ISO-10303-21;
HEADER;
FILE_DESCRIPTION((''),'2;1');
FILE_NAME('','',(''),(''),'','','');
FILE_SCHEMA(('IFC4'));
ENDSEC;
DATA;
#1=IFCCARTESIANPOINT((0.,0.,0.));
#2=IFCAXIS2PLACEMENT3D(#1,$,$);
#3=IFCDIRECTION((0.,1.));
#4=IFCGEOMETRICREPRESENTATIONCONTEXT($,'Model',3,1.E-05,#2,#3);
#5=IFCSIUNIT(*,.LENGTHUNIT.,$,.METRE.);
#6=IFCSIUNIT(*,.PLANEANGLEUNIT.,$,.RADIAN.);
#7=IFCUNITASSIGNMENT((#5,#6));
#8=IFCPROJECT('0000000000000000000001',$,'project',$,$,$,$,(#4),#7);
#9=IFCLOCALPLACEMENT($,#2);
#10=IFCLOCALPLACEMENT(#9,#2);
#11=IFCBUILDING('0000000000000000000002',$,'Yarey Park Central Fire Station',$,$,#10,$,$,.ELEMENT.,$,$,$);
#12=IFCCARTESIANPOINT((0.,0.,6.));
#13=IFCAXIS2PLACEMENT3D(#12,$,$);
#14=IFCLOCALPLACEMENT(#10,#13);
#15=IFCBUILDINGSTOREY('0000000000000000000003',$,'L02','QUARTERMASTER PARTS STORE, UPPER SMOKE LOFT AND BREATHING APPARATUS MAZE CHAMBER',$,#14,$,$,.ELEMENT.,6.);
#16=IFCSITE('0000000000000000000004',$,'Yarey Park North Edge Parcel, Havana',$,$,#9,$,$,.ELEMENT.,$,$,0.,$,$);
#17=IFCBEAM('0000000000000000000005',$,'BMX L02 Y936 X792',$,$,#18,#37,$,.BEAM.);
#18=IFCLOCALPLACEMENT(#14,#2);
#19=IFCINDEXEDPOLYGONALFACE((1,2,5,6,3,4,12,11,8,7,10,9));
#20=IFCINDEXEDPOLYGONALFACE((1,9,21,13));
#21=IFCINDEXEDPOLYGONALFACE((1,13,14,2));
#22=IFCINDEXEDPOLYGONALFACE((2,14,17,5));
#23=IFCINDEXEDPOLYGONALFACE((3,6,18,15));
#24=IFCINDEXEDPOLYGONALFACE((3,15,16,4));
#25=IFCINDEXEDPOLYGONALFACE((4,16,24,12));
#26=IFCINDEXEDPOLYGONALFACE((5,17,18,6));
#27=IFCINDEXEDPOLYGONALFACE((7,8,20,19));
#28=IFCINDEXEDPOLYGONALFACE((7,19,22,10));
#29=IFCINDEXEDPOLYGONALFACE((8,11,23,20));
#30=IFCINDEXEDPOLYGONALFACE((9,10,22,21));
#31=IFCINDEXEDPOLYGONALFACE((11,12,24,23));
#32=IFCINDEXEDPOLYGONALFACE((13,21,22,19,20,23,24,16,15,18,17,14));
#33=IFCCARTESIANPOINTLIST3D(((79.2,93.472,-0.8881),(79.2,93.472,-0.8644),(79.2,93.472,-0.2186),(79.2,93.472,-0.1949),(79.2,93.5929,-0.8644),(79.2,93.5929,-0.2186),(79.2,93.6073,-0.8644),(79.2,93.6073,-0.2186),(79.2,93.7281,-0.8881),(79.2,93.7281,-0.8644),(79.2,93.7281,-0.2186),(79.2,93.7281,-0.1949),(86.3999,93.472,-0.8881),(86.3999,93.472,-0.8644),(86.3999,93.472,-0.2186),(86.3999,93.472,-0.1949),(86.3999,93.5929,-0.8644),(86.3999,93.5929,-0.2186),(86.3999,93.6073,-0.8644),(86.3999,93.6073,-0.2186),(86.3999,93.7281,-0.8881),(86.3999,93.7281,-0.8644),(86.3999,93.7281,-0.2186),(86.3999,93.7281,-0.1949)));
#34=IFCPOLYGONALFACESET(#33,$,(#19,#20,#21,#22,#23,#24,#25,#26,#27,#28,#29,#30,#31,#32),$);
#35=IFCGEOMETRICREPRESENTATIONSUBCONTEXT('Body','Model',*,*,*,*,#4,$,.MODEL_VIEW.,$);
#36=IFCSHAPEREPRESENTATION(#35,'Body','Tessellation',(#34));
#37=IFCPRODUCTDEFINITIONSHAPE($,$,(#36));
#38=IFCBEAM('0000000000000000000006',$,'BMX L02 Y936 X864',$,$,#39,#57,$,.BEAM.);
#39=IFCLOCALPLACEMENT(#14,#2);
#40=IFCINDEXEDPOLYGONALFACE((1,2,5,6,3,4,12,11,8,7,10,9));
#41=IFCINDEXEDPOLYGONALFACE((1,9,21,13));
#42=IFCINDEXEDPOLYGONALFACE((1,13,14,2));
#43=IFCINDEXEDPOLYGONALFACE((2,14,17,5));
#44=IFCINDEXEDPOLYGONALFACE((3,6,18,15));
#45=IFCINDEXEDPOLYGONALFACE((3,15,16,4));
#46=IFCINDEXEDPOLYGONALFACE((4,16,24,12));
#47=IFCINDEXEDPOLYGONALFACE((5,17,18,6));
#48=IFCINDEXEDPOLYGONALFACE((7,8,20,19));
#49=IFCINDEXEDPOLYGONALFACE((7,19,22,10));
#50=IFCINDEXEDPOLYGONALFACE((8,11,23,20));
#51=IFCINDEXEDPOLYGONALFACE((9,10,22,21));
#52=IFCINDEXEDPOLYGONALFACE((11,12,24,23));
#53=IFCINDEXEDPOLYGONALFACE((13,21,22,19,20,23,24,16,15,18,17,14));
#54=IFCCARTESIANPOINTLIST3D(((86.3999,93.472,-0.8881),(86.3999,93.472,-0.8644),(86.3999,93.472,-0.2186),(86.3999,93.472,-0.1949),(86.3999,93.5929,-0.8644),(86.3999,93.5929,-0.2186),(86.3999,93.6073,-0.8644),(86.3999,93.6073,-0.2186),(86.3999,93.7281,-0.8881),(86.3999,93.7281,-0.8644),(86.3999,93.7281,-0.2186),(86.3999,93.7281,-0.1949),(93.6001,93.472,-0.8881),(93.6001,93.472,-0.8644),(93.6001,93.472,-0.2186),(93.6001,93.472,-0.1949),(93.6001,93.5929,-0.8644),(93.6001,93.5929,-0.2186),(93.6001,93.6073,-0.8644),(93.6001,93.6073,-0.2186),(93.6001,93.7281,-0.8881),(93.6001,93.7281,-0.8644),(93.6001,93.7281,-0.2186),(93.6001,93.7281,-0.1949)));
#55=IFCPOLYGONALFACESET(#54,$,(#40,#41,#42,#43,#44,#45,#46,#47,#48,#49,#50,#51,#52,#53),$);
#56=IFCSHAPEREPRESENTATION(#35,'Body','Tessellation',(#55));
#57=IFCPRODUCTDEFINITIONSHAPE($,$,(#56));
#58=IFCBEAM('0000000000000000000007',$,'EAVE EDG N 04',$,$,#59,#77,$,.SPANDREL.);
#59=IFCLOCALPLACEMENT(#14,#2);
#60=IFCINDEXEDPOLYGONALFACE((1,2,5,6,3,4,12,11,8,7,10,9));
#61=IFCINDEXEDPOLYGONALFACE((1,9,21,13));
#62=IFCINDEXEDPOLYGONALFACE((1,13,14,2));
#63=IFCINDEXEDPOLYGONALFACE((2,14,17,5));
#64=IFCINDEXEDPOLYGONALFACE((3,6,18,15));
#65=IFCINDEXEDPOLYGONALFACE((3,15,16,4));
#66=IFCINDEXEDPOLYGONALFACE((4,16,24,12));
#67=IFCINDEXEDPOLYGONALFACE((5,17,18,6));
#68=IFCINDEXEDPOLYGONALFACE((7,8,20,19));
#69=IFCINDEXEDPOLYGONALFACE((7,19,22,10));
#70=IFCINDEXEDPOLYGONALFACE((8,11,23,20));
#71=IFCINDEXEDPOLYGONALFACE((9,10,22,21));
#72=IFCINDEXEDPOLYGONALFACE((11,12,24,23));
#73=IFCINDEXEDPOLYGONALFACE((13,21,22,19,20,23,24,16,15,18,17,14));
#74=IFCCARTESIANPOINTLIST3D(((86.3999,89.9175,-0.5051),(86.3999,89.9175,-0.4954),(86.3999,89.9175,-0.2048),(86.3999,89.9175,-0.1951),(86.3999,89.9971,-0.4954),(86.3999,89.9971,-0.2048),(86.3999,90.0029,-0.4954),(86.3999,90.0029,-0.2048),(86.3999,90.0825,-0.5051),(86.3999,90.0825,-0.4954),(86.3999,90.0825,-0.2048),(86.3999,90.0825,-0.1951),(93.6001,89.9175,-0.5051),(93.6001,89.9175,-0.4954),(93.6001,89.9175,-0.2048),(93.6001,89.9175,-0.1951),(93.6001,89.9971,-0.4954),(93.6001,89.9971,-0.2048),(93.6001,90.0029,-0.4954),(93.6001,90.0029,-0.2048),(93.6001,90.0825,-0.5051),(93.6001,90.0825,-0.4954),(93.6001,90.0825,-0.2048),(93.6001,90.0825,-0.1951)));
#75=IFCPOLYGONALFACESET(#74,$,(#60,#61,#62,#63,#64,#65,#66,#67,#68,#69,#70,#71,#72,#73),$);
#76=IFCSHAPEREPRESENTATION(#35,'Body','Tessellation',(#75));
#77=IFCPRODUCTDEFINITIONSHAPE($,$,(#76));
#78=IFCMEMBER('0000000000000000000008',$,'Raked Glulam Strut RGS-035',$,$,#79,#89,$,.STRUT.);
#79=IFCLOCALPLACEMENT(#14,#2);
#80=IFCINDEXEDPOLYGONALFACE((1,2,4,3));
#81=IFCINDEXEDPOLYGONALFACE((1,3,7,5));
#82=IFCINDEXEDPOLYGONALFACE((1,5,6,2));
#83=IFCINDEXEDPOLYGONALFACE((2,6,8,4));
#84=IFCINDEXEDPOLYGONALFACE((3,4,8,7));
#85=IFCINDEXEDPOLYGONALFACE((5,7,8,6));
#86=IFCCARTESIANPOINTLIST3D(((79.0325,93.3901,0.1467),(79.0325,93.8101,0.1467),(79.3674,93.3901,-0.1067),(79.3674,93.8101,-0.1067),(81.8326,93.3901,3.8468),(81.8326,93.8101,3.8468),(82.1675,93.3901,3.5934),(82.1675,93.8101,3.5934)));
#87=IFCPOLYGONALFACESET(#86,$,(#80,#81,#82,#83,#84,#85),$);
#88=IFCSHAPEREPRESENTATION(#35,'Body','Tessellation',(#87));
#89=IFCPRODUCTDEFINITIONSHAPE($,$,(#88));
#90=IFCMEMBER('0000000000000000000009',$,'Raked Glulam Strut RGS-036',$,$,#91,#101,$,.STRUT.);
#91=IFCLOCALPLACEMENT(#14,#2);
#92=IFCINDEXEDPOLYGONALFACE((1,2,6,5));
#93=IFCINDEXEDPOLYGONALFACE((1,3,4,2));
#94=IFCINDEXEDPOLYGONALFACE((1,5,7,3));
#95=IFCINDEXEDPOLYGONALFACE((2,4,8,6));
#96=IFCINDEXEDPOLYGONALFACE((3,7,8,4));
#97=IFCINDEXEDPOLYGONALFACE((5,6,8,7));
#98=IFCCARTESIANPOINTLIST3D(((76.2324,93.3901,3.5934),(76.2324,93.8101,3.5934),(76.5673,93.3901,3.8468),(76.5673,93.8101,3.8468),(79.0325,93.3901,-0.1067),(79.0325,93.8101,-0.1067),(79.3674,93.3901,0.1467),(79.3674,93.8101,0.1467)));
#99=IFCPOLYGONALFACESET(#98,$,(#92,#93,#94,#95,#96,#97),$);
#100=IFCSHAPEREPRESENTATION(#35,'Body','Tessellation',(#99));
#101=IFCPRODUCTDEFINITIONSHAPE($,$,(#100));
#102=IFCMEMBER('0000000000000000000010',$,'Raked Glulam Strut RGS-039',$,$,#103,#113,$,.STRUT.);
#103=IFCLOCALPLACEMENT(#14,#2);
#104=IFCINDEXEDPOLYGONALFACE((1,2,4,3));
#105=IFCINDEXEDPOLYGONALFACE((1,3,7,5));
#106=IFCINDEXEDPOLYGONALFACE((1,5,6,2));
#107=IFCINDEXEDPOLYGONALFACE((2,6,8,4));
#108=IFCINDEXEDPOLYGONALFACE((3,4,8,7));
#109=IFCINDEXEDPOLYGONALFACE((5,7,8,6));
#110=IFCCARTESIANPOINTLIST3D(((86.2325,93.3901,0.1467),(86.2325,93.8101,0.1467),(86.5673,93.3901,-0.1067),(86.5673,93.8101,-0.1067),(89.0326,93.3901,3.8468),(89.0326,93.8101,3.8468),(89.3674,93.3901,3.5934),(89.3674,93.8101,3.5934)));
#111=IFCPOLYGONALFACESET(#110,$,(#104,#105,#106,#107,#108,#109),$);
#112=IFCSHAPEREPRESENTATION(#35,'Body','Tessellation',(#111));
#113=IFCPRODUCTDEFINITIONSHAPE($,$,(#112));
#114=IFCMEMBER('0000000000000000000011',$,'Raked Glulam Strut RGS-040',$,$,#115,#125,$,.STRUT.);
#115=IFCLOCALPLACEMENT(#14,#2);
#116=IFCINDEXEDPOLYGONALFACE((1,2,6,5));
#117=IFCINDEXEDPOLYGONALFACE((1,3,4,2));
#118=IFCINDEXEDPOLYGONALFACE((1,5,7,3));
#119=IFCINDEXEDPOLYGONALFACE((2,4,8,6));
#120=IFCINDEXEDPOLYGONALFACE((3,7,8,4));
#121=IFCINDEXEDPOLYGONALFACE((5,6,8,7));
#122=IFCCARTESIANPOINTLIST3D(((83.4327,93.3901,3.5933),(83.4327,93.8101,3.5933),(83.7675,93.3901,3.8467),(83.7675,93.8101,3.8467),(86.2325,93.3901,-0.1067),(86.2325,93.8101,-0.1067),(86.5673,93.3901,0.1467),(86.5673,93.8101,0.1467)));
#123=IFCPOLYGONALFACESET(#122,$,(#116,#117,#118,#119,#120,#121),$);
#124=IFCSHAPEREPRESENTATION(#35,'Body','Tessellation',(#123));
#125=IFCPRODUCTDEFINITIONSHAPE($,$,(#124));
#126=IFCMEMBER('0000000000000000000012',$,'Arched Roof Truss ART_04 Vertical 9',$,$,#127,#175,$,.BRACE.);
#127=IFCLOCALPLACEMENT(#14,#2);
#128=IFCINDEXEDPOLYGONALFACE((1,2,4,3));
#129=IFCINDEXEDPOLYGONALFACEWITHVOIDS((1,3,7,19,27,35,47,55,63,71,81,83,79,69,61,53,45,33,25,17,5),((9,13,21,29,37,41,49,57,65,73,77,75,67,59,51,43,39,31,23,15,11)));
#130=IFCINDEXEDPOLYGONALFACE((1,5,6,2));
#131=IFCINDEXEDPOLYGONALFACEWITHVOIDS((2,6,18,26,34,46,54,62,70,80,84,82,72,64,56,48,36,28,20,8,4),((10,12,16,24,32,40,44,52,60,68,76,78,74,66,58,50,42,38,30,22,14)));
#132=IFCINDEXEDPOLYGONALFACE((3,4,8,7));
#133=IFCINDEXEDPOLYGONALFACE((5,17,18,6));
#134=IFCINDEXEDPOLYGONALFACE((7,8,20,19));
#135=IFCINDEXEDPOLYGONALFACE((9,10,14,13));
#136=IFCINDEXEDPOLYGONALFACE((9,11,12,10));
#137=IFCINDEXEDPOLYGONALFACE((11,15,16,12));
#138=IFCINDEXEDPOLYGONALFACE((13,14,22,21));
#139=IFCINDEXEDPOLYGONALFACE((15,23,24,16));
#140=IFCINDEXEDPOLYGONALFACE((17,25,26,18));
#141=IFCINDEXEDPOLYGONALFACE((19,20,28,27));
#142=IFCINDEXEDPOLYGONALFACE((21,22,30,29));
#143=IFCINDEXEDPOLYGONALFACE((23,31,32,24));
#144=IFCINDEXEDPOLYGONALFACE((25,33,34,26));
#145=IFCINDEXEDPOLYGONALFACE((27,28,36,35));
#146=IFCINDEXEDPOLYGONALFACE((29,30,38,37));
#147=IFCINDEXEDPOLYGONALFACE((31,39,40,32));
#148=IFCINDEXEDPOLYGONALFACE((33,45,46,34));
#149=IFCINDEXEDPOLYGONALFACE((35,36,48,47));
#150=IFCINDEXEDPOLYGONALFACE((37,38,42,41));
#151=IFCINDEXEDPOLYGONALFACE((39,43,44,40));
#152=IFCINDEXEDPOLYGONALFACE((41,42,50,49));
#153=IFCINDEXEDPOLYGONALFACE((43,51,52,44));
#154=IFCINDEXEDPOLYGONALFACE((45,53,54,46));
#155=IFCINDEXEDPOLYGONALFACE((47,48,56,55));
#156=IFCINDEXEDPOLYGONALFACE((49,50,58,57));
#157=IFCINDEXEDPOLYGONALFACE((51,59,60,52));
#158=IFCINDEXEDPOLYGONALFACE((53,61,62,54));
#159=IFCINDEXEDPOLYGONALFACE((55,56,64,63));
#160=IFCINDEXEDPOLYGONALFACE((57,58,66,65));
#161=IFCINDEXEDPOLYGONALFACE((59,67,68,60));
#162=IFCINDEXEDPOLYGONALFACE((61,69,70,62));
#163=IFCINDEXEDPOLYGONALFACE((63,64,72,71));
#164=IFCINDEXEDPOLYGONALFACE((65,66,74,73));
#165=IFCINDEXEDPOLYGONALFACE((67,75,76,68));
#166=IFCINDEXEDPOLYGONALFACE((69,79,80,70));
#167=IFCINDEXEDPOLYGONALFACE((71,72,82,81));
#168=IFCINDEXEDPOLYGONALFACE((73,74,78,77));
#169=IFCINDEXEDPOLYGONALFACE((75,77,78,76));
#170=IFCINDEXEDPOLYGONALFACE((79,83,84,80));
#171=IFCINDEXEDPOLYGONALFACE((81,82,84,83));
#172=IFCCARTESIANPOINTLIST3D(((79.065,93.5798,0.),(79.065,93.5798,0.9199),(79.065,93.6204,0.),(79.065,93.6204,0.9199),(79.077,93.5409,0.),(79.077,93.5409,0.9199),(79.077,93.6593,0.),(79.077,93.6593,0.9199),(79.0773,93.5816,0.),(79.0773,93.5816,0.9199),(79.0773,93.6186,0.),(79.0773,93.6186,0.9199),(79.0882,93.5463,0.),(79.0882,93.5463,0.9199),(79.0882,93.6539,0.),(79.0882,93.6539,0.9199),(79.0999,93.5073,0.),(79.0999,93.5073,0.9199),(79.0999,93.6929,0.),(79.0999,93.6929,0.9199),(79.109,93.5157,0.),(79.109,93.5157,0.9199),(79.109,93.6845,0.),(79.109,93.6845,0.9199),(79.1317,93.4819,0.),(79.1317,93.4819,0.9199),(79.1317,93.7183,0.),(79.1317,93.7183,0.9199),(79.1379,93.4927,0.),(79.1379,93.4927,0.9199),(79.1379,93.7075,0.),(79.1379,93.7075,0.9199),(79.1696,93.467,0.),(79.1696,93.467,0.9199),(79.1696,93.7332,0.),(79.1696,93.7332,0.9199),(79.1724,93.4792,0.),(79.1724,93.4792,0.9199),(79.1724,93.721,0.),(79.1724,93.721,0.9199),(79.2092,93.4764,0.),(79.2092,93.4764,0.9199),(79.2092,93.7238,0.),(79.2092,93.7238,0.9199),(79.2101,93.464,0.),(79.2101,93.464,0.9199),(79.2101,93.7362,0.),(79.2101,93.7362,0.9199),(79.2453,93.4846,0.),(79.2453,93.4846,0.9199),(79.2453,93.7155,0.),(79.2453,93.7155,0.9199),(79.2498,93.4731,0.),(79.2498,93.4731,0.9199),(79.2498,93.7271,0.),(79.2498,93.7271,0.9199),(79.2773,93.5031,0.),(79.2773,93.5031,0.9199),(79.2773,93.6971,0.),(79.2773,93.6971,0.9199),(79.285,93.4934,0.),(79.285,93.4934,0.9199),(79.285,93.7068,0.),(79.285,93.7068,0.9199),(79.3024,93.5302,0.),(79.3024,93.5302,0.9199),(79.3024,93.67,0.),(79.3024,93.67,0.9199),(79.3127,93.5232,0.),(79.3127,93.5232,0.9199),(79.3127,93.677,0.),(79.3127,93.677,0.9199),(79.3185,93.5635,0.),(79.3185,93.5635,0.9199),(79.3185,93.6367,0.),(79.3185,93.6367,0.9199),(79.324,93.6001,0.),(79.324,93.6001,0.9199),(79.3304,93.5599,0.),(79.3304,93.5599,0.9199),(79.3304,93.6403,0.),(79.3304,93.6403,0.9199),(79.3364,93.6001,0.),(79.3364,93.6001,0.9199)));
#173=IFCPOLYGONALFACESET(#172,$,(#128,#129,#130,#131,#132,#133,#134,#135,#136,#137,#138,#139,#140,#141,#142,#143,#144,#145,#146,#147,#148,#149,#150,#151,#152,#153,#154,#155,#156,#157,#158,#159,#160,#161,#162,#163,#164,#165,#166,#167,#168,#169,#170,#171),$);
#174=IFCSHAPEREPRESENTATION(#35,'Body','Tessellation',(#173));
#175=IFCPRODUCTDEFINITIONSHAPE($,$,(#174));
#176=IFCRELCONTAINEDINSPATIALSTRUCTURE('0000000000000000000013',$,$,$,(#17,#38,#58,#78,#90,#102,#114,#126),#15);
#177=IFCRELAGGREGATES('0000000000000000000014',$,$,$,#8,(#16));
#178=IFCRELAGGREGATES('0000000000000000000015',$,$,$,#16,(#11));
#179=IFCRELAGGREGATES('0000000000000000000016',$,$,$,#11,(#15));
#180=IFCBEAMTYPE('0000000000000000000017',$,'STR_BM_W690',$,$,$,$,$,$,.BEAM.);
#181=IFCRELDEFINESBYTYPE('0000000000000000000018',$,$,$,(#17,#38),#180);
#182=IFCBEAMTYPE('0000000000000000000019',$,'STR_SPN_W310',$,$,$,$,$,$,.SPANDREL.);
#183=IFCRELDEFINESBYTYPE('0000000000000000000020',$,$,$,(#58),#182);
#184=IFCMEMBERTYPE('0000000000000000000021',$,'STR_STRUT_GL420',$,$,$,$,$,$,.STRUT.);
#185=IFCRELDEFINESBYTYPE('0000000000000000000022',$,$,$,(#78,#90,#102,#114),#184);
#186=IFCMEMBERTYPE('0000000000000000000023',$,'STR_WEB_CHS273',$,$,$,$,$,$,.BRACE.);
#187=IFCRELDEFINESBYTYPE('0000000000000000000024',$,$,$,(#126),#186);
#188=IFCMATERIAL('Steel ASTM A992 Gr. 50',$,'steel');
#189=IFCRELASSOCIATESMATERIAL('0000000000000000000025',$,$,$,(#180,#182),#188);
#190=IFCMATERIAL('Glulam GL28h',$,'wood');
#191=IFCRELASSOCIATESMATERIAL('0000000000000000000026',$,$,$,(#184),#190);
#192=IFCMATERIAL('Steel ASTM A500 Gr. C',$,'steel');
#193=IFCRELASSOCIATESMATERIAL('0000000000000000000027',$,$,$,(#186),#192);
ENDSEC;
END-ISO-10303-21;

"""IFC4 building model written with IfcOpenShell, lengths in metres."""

from ifc_helpers import new_model, si_unit, direction, frame, origin, origin_2d, place, context, subcontext, project, spatial, rectangle, hollow_circle, i_section, extrude, material, material_profile, profile_set, type_object, element, save


model = new_model("IFC4")

# Units and contexts
model_context = context("Model", 3, precision=1e-05, world=origin(), true_north=direction((0.0, 1.0)))
body_context = subcontext(model_context, "Body", "Model", "MODEL_VIEW")
ifc_project = project(units=[si_unit("LENGTHUNIT", "METRE"), si_unit("PLANEANGLEUNIT", "RADIAN")], contexts=[model_context])

# Site, building, storey
site_placement = place(None, origin())
site = spatial("IfcSite", under=ifc_project, at=site_placement, Name="Yarey Park North Edge Parcel, Havana", CompositionType="ELEMENT", RefElevation=0.0)
building_placement = place(site_placement, origin())
building = spatial("IfcBuilding", under=site, at=building_placement, Name="Yarey Park Central Fire Station", CompositionType="ELEMENT")
storey_placement = place(building_placement, frame((0.0, 0.0, 6.0)))
storey = spatial("IfcBuildingStorey", under=building, at=storey_placement, Name="L02", Description="QUARTERMASTER PARTS STORE, UPPER SMOKE LOFT AND BREATHING APPARATUS MAZE CHAMBER", CompositionType="ELEMENT", Elevation=6.0)

# Shared definitions
ifc_material_1 = material(Name="Steel ASTM A992 Gr. 50", Category="steel")

# Beams
ifc_material_profile_1 = material_profile(ifc_material_1, i_section(OverallWidth=0.2561, OverallDepth=0.6931, WebThickness=0.0144, FlangeThickness=0.0237, at=origin_2d()), Name="W690x170")
ifc_profile_set_1 = profile_set([ifc_material_profile_1], Name="Steel ASTM A992 Gr. 50")
beam_type_1 = type_object("IfcBeamType", Name="STR_BM_W690", PredefinedType="BEAM", material=ifc_profile_set_1)
beam_1_placement = place(storey_placement, frame((79.2, 93.6001, -0.5415), z_axis=(1.0, 0.0, 0.0), x_axis=(0.0, 1.0, 0.0)))
element("IfcBeam", 1, at=beam_1_placement, inside=storey, type_object=beam_type_1, Name="BMX L02 Y936 X792", PredefinedType="BEAM", context=body_context, shape_type="SweptSolid", body=[
    extrude(i_section(OverallWidth=0.2561, OverallDepth=0.6931, WebThickness=0.0144, FlangeThickness=0.0237, at=origin_2d()), origin(), (0.0, 0.0, 1.0), 7.2),
])
beam_2_placement = place(storey_placement, frame((86.3999, 93.6001, -0.5415), z_axis=(1.0, 0.0, 0.0), x_axis=(0.0, 1.0, 0.0)))
element("IfcBeam", 2, at=beam_2_placement, inside=storey, type_object=beam_type_1, Name="BMX L02 Y936 X864", PredefinedType="BEAM", context=body_context, shape_type="SweptSolid", body=[
    extrude(i_section(OverallWidth=0.2561, OverallDepth=0.6931, WebThickness=0.0144, FlangeThickness=0.0237, at=origin_2d()), origin(), (0.0, 0.0, 1.0), 7.2002),
])
ifc_material_profile_2 = material_profile(ifc_material_1, i_section(OverallWidth=0.165, OverallDepth=0.3101, WebThickness=0.0059, FlangeThickness=0.0098, at=origin_2d()), Name="W310x39")
ifc_profile_set_2 = profile_set([ifc_material_profile_2], Name="Steel ASTM A992 Gr. 50")
beam_type_2 = type_object("IfcBeamType", Name="STR_SPN_W310", PredefinedType="SPANDREL", material=ifc_profile_set_2)
beam_3_placement = place(storey_placement, frame((86.3999, 90.0, -0.3501), z_axis=(1.0, 0.0, 0.0), x_axis=(0.0, 1.0, 0.0)))
element("IfcBeam", 3, at=beam_3_placement, inside=storey, type_object=beam_type_2, Name="EAVE EDG N 04", PredefinedType="SPANDREL", context=body_context, shape_type="SweptSolid", body=[
    extrude(i_section(OverallWidth=0.165, OverallDepth=0.3101, WebThickness=0.0059, FlangeThickness=0.0098, at=origin_2d()), origin(), (0.0, 0.0, 1.0), 7.2002),
])

# Members
ifc_material_2 = material(Name="Glulam GL28h", Category="wood")
ifc_material_profile_3 = material_profile(ifc_material_2, rectangle(XDim=0.4199, YDim=0.4199, at=origin_2d()), Name="GL 420x420")
ifc_profile_set_3 = profile_set([ifc_material_profile_3], Name="Glulam GL28h")
member_type_1 = type_object("IfcMemberType", Name="STR_STRUT_GL420", PredefinedType="STRUT", material=ifc_profile_set_3)
for number, where, z_axis, x_axis, name in (
    (4, (79.2, 93.6001, 0.02), (0.603454, 0.0, 0.797397), (0.0, 1.0, 0.0), "Raked Glulam Strut RGS-035"),
    (5, (79.2, 93.6001, 0.02), (-0.603454, 0.0, 0.797397), (0.0, -1.0, 0.0), "Raked Glulam Strut RGS-036"),
    (6, (86.3999, 93.6001, 0.02), (0.603454, 0.0, 0.797397), (0.0, 1.0, 0.0), "Raked Glulam Strut RGS-039"),
):
    element("IfcMember", number, at=place(storey_placement, frame(where, z_axis=z_axis, x_axis=x_axis)), inside=storey, type_object=member_type_1, Name=name, PredefinedType="STRUT", context=body_context, shape_type="SweptSolid", body=[
        extrude(rectangle(XDim=0.4199, YDim=0.4199, at=origin_2d()), origin(), (0.0, 0.0, 1.0), 4.6401),
    ])
member_1_placement = place(storey_placement, frame((86.3999, 93.6001, 0.02), z_axis=(-0.603421, 0.0, 0.797423), x_axis=(0.0, -1.0, 0.0)))
element("IfcMember", 7, at=member_1_placement, inside=storey, type_object=member_type_1, Name="Raked Glulam Strut RGS-040", PredefinedType="STRUT", context=body_context, shape_type="SweptSolid", body=[
    extrude(rectangle(XDim=0.4199, YDim=0.4199, at=origin_2d()), origin(), (0.0, 0.0, 1.0), 4.6399),
])
ifc_material_3 = material(Name="Steel ASTM A500 Gr. C", Category="steel")
ifc_material_profile_4 = material_profile(ifc_material_3, hollow_circle(Radius=0.1365, WallThickness=0.0125, at=origin_2d()), Name="CHS 273x12.5")
ifc_profile_set_4 = profile_set([ifc_material_profile_4], Name="Steel ASTM A500 Gr. C")
member_type_2 = type_object("IfcMemberType", Name="STR_WEB_CHS273", PredefinedType="BRACE", material=ifc_profile_set_4)
for number, where, z_axis, x_axis, name in (
    (8, (79.2, 93.6001, 0.0), (0.0, 0.0, 1.0), (1.0, 0.0, 0.0), "Arched Roof Truss ART_04 Vertical 9"),
):
    element("IfcMember", number, at=place(storey_placement, frame(where, z_axis=z_axis, x_axis=x_axis)), inside=storey, type_object=member_type_2, Name=name, PredefinedType="BRACE", context=body_context, shape_type="SweptSolid", body=[
        extrude(hollow_circle(Radius=0.1365, WallThickness=0.0125, at=origin_2d()), origin(), (0.0, 0.0, 1.0), 0.9199),
    ])

save(model, "model.ifc")
